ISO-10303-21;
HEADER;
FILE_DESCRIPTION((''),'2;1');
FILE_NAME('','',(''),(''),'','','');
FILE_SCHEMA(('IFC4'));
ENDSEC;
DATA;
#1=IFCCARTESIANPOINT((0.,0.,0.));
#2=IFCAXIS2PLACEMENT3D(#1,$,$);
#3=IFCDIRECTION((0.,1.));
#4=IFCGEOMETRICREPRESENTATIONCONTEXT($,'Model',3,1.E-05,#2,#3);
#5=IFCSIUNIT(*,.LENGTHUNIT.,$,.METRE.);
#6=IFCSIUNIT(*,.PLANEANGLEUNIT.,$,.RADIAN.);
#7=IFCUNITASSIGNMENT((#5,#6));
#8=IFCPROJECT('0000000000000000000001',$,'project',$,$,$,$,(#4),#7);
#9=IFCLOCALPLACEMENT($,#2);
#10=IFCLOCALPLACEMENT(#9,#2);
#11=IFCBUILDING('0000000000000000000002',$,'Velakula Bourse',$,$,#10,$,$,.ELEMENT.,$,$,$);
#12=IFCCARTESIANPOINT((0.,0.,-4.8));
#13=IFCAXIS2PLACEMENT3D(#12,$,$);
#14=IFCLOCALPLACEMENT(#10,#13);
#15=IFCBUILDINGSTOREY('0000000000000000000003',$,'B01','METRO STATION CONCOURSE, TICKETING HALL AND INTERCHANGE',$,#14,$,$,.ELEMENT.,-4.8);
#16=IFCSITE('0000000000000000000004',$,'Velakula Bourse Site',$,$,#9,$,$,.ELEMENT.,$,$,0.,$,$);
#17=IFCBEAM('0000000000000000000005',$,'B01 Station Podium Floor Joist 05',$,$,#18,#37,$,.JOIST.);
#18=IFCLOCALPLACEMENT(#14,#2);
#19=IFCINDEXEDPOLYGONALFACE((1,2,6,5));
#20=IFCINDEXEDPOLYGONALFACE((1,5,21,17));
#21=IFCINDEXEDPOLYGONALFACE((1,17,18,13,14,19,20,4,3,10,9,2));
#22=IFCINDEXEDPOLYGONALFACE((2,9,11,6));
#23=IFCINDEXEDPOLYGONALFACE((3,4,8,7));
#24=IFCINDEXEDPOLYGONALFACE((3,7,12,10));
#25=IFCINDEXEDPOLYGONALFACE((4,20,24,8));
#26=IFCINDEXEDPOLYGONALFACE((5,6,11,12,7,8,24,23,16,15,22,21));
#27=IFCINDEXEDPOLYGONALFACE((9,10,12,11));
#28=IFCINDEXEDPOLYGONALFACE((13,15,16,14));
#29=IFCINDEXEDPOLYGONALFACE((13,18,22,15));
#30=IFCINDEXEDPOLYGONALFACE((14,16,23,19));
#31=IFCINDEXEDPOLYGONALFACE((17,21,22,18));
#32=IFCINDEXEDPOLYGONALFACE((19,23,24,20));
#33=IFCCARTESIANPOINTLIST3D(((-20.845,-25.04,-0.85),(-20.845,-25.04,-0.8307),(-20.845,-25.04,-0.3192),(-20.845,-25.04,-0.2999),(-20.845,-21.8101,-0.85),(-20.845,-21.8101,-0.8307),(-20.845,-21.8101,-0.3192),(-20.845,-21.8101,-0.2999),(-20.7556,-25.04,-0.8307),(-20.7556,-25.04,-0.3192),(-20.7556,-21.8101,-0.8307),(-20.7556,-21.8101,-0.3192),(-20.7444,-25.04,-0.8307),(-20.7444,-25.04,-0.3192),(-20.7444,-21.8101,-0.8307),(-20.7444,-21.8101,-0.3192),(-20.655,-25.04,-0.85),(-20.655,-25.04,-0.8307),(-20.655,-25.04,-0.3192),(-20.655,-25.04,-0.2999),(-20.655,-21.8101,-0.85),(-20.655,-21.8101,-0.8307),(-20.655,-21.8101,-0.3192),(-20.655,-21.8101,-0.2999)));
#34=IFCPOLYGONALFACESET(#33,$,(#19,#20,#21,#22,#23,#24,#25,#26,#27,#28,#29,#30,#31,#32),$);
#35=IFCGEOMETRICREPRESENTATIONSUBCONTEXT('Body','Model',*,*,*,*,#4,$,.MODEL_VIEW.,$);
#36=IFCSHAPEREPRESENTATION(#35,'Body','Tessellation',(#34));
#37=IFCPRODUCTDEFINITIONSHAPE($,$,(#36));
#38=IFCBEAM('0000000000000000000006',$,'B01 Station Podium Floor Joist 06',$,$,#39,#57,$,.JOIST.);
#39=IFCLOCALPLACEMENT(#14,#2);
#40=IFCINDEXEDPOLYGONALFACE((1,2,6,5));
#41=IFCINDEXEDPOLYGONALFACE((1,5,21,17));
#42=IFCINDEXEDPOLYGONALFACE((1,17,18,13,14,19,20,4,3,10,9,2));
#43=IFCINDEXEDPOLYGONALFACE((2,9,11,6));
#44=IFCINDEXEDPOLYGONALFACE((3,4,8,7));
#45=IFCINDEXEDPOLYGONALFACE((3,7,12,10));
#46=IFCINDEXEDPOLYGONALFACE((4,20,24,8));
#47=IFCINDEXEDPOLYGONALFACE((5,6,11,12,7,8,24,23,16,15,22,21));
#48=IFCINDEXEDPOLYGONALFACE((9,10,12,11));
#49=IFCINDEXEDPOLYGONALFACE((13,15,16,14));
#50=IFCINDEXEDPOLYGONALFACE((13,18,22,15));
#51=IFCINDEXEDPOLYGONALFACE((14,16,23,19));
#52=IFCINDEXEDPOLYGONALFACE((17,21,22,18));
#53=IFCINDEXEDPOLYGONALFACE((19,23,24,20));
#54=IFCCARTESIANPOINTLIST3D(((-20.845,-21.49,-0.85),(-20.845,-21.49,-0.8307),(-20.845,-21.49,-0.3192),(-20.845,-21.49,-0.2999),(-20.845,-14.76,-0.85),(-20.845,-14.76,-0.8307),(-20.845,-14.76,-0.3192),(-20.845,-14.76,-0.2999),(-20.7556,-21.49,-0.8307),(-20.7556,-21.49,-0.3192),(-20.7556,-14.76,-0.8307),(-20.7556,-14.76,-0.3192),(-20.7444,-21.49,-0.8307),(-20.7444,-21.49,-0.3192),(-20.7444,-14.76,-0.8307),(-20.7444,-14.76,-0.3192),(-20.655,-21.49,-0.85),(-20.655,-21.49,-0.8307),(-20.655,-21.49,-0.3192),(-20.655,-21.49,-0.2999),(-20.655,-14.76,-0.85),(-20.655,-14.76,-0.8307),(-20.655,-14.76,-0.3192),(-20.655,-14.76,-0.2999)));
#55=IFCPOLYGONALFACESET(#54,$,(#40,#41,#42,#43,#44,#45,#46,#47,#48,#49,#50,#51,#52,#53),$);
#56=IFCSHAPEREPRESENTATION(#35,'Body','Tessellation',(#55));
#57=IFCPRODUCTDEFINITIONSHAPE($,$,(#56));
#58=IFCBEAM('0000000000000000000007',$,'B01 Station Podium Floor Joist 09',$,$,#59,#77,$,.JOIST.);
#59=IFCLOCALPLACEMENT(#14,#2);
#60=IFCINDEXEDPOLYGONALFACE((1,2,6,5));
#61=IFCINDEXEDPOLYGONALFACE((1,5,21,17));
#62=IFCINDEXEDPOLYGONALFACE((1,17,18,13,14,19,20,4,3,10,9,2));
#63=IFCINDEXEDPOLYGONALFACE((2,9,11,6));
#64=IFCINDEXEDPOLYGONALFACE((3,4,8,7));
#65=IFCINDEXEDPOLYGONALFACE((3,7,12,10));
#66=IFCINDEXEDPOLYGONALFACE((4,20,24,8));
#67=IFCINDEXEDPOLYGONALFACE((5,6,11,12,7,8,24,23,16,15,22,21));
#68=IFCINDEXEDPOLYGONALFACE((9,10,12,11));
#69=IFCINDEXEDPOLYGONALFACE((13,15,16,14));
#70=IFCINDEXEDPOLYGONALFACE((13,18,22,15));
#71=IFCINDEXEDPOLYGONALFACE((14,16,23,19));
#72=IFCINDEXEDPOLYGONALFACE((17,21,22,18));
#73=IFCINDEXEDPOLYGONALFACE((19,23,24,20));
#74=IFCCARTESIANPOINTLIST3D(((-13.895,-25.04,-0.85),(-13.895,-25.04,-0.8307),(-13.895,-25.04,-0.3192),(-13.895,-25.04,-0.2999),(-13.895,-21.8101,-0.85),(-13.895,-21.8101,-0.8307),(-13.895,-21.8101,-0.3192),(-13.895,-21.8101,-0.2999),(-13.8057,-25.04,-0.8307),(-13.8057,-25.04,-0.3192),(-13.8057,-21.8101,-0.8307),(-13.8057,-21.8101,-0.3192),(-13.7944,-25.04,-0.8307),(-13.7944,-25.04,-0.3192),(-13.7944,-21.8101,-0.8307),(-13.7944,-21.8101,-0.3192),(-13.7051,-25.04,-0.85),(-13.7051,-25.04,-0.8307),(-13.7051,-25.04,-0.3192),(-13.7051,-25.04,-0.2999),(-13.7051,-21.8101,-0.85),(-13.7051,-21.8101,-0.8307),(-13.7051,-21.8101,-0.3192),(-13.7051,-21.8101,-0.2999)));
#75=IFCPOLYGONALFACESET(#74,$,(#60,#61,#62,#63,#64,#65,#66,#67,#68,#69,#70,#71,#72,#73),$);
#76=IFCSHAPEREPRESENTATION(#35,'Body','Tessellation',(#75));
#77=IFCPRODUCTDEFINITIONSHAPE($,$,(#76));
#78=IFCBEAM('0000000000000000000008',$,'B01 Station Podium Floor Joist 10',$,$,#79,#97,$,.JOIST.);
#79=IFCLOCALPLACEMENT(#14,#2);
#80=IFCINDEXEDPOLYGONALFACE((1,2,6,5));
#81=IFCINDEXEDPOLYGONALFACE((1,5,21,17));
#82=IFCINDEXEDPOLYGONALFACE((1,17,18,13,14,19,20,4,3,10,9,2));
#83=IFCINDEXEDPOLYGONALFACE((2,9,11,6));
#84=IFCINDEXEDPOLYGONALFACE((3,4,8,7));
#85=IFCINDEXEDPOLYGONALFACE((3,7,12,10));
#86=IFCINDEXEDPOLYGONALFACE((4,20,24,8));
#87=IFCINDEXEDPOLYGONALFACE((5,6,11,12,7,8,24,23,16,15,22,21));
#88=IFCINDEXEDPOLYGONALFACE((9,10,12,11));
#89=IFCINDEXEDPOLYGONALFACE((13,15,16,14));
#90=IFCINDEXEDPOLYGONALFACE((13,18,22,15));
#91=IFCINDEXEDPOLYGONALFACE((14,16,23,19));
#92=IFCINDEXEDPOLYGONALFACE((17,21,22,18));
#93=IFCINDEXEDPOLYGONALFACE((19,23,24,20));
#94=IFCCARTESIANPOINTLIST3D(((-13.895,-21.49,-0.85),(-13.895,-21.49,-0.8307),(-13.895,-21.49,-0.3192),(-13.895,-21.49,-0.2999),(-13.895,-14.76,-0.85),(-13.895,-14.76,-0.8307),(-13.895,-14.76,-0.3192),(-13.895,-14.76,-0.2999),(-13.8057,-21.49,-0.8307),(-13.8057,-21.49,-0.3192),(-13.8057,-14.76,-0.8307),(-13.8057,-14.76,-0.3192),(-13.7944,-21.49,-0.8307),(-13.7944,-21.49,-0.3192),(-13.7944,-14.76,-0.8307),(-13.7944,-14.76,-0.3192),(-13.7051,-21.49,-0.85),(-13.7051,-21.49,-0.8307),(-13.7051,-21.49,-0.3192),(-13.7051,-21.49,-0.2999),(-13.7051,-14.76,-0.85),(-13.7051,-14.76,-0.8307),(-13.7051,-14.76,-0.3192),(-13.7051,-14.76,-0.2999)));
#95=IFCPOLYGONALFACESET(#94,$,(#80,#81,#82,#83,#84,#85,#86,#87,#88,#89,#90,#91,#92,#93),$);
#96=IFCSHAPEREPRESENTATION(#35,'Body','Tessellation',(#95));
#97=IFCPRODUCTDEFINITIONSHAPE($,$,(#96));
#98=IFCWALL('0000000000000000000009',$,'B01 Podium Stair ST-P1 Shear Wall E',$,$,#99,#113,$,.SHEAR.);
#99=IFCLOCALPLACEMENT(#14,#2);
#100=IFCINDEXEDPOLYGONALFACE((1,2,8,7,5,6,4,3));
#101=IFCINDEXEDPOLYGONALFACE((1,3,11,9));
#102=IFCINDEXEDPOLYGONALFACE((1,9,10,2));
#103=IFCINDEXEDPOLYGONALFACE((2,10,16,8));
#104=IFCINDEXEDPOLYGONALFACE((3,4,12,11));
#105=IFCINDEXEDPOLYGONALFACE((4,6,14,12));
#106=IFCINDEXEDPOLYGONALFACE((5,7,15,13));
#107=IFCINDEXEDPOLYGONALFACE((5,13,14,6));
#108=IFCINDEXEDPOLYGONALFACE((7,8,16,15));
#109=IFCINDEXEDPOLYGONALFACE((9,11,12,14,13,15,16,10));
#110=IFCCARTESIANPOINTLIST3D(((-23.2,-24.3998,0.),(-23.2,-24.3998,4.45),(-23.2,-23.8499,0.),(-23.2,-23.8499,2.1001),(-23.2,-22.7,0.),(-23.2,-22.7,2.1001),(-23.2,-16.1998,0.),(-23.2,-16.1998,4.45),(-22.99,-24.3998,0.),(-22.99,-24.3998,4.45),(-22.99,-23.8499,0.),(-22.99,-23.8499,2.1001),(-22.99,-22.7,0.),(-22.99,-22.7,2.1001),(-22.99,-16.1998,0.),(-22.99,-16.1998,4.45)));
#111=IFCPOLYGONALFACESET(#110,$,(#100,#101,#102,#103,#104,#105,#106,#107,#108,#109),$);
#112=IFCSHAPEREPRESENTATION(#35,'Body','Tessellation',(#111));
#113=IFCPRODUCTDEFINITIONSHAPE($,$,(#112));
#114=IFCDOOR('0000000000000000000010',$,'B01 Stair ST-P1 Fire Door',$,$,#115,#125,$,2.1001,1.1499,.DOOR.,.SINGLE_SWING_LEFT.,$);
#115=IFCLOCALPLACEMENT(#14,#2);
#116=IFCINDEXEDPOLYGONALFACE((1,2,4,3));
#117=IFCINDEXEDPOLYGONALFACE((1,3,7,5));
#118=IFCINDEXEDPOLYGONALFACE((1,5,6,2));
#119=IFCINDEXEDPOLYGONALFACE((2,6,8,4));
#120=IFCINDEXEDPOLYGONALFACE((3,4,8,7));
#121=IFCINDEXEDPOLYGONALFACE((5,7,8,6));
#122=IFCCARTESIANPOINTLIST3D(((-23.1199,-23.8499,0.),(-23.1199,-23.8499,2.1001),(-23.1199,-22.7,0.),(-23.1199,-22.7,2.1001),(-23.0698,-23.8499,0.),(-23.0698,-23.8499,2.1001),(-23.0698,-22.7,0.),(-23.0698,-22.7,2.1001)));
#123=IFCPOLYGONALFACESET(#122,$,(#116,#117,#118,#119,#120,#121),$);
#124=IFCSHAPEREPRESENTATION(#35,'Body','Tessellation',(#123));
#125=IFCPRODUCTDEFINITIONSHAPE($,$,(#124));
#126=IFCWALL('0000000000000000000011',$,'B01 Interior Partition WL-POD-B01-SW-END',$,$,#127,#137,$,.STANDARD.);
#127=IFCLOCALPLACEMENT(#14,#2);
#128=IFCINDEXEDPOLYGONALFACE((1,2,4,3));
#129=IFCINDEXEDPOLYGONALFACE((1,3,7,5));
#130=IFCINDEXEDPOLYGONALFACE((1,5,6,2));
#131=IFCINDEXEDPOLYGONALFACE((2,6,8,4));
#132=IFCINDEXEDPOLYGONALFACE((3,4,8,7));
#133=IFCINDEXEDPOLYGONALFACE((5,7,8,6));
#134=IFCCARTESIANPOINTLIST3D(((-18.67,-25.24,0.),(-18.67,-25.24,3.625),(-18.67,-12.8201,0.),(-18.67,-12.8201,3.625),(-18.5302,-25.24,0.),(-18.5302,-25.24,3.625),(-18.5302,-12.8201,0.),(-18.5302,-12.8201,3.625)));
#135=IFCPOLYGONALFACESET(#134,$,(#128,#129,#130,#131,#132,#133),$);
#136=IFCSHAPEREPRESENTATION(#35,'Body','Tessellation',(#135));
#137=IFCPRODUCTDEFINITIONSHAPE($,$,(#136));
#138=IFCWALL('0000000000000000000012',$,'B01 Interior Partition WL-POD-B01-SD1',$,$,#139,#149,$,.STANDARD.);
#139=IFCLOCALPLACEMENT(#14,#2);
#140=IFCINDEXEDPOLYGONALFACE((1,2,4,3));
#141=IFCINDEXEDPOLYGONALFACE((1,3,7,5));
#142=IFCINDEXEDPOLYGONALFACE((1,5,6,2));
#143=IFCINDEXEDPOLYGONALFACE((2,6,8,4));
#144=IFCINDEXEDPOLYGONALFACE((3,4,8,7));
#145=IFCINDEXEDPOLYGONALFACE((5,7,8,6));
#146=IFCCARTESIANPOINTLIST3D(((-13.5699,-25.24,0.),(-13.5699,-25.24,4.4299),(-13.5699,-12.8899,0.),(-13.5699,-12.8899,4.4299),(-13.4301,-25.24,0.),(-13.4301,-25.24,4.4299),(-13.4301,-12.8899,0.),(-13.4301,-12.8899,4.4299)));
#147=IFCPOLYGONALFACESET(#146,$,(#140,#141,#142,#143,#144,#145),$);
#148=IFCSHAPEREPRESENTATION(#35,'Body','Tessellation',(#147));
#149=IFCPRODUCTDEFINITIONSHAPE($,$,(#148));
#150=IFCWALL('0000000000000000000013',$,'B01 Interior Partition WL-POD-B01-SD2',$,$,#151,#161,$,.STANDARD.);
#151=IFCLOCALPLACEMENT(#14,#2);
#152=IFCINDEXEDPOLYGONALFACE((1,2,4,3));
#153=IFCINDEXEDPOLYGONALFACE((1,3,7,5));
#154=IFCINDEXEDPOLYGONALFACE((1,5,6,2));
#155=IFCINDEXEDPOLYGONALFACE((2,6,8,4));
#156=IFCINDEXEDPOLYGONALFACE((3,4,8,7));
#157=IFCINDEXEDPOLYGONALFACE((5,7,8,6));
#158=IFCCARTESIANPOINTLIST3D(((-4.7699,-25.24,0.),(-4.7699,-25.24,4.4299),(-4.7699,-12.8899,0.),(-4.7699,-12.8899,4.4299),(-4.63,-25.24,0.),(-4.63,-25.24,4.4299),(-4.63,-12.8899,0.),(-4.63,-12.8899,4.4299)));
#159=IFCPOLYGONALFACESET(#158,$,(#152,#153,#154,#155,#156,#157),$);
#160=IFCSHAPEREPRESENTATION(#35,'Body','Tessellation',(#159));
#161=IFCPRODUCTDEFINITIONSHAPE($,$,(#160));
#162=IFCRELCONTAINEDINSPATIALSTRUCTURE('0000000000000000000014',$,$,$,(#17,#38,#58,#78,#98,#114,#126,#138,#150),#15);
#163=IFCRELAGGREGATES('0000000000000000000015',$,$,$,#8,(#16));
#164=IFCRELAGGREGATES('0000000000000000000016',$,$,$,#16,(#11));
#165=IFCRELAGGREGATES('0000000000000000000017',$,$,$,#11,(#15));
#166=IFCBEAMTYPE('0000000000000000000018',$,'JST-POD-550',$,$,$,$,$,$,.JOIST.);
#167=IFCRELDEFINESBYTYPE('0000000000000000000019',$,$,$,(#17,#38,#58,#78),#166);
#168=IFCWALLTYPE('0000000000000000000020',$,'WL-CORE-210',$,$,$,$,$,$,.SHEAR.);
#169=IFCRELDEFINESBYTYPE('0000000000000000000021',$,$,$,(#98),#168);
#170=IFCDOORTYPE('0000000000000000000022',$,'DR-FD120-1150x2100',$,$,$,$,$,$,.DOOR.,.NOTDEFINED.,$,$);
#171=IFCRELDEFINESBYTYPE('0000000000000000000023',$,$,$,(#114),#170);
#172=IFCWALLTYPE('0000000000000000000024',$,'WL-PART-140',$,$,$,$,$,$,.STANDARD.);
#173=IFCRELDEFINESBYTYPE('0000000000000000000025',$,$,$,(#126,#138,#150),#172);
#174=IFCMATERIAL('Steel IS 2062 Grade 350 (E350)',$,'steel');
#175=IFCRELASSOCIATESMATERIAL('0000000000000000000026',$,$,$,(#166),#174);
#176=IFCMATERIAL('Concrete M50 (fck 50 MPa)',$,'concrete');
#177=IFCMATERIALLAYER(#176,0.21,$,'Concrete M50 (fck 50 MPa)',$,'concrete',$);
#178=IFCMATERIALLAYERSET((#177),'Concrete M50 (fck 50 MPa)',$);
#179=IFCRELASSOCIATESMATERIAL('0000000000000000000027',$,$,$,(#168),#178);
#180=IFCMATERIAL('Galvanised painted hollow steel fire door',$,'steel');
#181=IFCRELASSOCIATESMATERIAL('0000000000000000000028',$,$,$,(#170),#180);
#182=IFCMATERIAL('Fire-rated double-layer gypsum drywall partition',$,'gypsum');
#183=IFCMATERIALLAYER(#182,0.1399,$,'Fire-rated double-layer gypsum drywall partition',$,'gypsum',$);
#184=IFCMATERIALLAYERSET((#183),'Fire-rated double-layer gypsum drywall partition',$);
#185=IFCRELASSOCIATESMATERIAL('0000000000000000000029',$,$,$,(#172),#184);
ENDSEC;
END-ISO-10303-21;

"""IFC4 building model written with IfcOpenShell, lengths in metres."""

from ifc_helpers import new_model, si_unit, direction, frame, frame_2d, origin, origin_2d, place, context, subcontext, project, spatial, rectangle, i_section, extrude, material, layer, layer_set, material_profile, profile_set, type_object, element, fill, save


model = new_model("IFC4")

# Units and contexts
model_context = context("Model", 3, precision=1e-05, world=origin(), true_north=direction((0.0, 1.0)))
body_context = subcontext(model_context, "Body", "Model", "MODEL_VIEW")
ifc_project = project(units=[si_unit("LENGTHUNIT", "METRE"), si_unit("PLANEANGLEUNIT", "RADIAN")], contexts=[model_context])

# Site, building, storey
site_placement = place(None, origin())
site = spatial("IfcSite", under=ifc_project, at=site_placement, Name="Velakula Bourse Site", CompositionType="ELEMENT", RefElevation=0.0)
building_placement = place(site_placement, origin())
building = spatial("IfcBuilding", under=site, at=building_placement, Name="Velakula Bourse", CompositionType="ELEMENT")
storey_placement = place(building_placement, frame((0.0, 0.0, -4.8)))
storey = spatial("IfcBuildingStorey", under=building, at=storey_placement, Name="B01", Description="METRO STATION CONCOURSE, TICKETING HALL AND INTERCHANGE", CompositionType="ELEMENT", Elevation=-4.8)

# Shared definitions
ifc_material_1 = material(Name="Concrete M50 (fck 50 MPa)", Category="concrete")

# Beams
ifc_material_2 = material(Name="Steel IS 2062 Grade 350 (E350)", Category="steel")
ifc_material_profile_1 = material_profile(ifc_material_2, i_section(OverallWidth=0.1899, OverallDepth=0.55, WebThickness=0.0112, FlangeThickness=0.0193, at=origin_2d()), Name="Steel IS 2062 Grade 350 (E350)")
ifc_profile_set_1 = profile_set([ifc_material_profile_1], Name="Steel IS 2062 Grade 350 (E350)")
beam_type_1 = type_object("IfcBeamType", Name="JST-POD-550", PredefinedType="JOIST", material=ifc_profile_set_1)
beam_1_placement = place(storey_placement, frame((-20.75, -25.04, -0.575), z_axis=(0.0, 1.0, 0.0), x_axis=(-1.0, 0.0, 0.0)))
element("IfcBeam", 1, at=beam_1_placement, inside=storey, type_object=beam_type_1, Name="B01 Station Podium Floor Joist 05", PredefinedType="JOIST", context=body_context, shape_type="SweptSolid", body=[
    extrude(i_section(OverallWidth=0.1899, OverallDepth=0.55, WebThickness=0.0112, FlangeThickness=0.0193, at=origin_2d()), origin(), (0.0, 0.0, 1.0), 3.23),
])
beam_2_placement = place(storey_placement, frame((-20.75, -21.49, -0.575), z_axis=(0.0, 1.0, 0.0), x_axis=(-1.0, 0.0, 0.0)))
element("IfcBeam", 2, at=beam_2_placement, inside=storey, type_object=beam_type_1, Name="B01 Station Podium Floor Joist 06", PredefinedType="JOIST", context=body_context, shape_type="SweptSolid", body=[
    extrude(i_section(OverallWidth=0.1899, OverallDepth=0.55, WebThickness=0.0112, FlangeThickness=0.0193, at=origin_2d()), origin(), (0.0, 0.0, 1.0), 6.73),
])
beam_3_placement = place(storey_placement, frame((-13.8, -25.04, -0.575), z_axis=(0.0, 1.0, 0.0), x_axis=(-1.0, 0.0, 0.0)))
element("IfcBeam", 3, at=beam_3_placement, inside=storey, type_object=beam_type_1, Name="B01 Station Podium Floor Joist 09", PredefinedType="JOIST", context=body_context, shape_type="SweptSolid", body=[
    extrude(i_section(OverallWidth=0.1899, OverallDepth=0.55, WebThickness=0.0112, FlangeThickness=0.0193, at=origin_2d()), origin(), (0.0, 0.0, 1.0), 3.23),
])
beam_4_placement = place(storey_placement, frame((-13.8, -21.49, -0.575), z_axis=(0.0, 1.0, 0.0), x_axis=(-1.0, 0.0, 0.0)))
element("IfcBeam", 4, at=beam_4_placement, inside=storey, type_object=beam_type_1, Name="B01 Station Podium Floor Joist 10", PredefinedType="JOIST", context=body_context, shape_type="SweptSolid", body=[
    extrude(i_section(OverallWidth=0.1899, OverallDepth=0.55, WebThickness=0.0112, FlangeThickness=0.0193, at=origin_2d()), origin(), (0.0, 0.0, 1.0), 6.73),
])

# Wall, opening, door
ifc_layer_1 = layer(ifc_material_1, 0.21, Name="Concrete M50 (fck 50 MPa)", Category="concrete")
ifc_layer_set_1 = layer_set([ifc_layer_1], Name="Concrete M50 (fck 50 MPa)")
wall_type_1 = type_object("IfcWallType", Name="WL-CORE-210", PredefinedType="SHEAR", material=ifc_layer_set_1)
wall_1_placement = place(storey_placement, frame((-23.095, -24.3999, 0.0), z_axis=(0.0, 0.0, 1.0), x_axis=(0.0, 1.0, 0.0)))
wall_1 = element("IfcWall", 5, at=wall_1_placement, inside=storey, type_object=wall_type_1, Name="B01 Podium Stair ST-P1 Shear Wall E", PredefinedType="SHEAR", context=body_context, shape_type="SweptSolid", body=[
    extrude(rectangle(XDim=8.2, YDim=0.21, at=frame_2d((4.1001, 0.0))), origin(), (0.0, 0.0, 1.0), 4.45),
])
opening_placement = place(wall_1_placement, frame((0.55, 0.0, 0.0)))
opening = element("IfcOpeningElement", 6, at=opening_placement, cuts=wall_1, PredefinedType="OPENING", context=body_context, shape_type="SweptSolid", body=[
    extrude(rectangle(XDim=1.1499, YDim=2.1001, at=frame_2d((0.575, 1.05))), frame((0.0, 0.115, 0.0), z_axis=(0.0, -1.0, 0.0), x_axis=(1.0, 0.0, 0.0)), (0.0, 0.0, 1.0), 0.23),
])
ifc_material_3 = material(Name="Galvanised painted hollow steel fire door", Category="steel")
door_type = type_object("IfcDoorType", Name="DR-FD120-1150x2100", OperationType="NOTDEFINED", PredefinedType="DOOR", material=ifc_material_3)
door_placement = place(opening_placement, origin())
door = element("IfcDoor", 7, at=door_placement, inside=storey, type_object=door_type, Name="B01 Stair ST-P1 Fire Door", OperationType="SINGLE_SWING_LEFT", OverallHeight=2.1001, OverallWidth=1.1499, PredefinedType="DOOR", context=body_context, shape_type="SweptSolid", body=[
    extrude(rectangle(XDim=1.1499, YDim=2.1001, at=frame_2d((0.575, 1.05))), frame((0.0, 0.0249, 0.0), z_axis=(0.0, -1.0, 0.0), x_axis=(1.0, 0.0, 0.0)), (0.0, 0.0, 1.0), 0.05),
])
fill(opening, door)

# Walls
ifc_material_4 = material(Name="Fire-rated double-layer gypsum drywall partition", Category="gypsum")
ifc_layer_2 = layer(ifc_material_4, 0.1399, Name="Fire-rated double-layer gypsum drywall partition", Category="gypsum")
ifc_layer_set_2 = layer_set([ifc_layer_2], Name="Fire-rated double-layer gypsum drywall partition")
wall_type_2 = type_object("IfcWallType", Name="WL-PART-140", PredefinedType="STANDARD", material=ifc_layer_set_2)
wall_2_placement = place(storey_placement, frame((-18.6001, -25.24, 0.0), z_axis=(0.0, 0.0, 1.0), x_axis=(0.0, 1.0, 0.0)))
element("IfcWall", 8, at=wall_2_placement, inside=storey, type_object=wall_type_2, Name="B01 Interior Partition WL-POD-B01-SW-END", PredefinedType="STANDARD", context=body_context, shape_type="SweptSolid", body=[
    extrude(rectangle(XDim=12.4199, YDim=0.1399, at=frame_2d((6.21, 0.0))), origin(), (0.0, 0.0, 1.0), 3.625),
])
for number, where, z_axis, x_axis, name in (
    (9, (-13.5, -25.24, 0.0), (0.0, 0.0, 1.0), (0.0, 1.0, 0.0), "B01 Interior Partition WL-POD-B01-SD1"),
    (10, (-4.7, -25.24, 0.0), (0.0, 0.0, 1.0), (0.0, 1.0, 0.0), "B01 Interior Partition WL-POD-B01-SD2"),
):
    element("IfcWall", number, at=place(storey_placement, frame(where, z_axis=z_axis, x_axis=x_axis)), inside=storey, type_object=wall_type_2, Name=name, PredefinedType="STANDARD", context=body_context, shape_type="SweptSolid", body=[
        extrude(rectangle(XDim=12.3501, YDim=0.1399, at=frame_2d((6.175, 0.0))), origin(), (0.0, 0.0, 1.0), 4.4299),
    ])

save(model, "model.ifc")
